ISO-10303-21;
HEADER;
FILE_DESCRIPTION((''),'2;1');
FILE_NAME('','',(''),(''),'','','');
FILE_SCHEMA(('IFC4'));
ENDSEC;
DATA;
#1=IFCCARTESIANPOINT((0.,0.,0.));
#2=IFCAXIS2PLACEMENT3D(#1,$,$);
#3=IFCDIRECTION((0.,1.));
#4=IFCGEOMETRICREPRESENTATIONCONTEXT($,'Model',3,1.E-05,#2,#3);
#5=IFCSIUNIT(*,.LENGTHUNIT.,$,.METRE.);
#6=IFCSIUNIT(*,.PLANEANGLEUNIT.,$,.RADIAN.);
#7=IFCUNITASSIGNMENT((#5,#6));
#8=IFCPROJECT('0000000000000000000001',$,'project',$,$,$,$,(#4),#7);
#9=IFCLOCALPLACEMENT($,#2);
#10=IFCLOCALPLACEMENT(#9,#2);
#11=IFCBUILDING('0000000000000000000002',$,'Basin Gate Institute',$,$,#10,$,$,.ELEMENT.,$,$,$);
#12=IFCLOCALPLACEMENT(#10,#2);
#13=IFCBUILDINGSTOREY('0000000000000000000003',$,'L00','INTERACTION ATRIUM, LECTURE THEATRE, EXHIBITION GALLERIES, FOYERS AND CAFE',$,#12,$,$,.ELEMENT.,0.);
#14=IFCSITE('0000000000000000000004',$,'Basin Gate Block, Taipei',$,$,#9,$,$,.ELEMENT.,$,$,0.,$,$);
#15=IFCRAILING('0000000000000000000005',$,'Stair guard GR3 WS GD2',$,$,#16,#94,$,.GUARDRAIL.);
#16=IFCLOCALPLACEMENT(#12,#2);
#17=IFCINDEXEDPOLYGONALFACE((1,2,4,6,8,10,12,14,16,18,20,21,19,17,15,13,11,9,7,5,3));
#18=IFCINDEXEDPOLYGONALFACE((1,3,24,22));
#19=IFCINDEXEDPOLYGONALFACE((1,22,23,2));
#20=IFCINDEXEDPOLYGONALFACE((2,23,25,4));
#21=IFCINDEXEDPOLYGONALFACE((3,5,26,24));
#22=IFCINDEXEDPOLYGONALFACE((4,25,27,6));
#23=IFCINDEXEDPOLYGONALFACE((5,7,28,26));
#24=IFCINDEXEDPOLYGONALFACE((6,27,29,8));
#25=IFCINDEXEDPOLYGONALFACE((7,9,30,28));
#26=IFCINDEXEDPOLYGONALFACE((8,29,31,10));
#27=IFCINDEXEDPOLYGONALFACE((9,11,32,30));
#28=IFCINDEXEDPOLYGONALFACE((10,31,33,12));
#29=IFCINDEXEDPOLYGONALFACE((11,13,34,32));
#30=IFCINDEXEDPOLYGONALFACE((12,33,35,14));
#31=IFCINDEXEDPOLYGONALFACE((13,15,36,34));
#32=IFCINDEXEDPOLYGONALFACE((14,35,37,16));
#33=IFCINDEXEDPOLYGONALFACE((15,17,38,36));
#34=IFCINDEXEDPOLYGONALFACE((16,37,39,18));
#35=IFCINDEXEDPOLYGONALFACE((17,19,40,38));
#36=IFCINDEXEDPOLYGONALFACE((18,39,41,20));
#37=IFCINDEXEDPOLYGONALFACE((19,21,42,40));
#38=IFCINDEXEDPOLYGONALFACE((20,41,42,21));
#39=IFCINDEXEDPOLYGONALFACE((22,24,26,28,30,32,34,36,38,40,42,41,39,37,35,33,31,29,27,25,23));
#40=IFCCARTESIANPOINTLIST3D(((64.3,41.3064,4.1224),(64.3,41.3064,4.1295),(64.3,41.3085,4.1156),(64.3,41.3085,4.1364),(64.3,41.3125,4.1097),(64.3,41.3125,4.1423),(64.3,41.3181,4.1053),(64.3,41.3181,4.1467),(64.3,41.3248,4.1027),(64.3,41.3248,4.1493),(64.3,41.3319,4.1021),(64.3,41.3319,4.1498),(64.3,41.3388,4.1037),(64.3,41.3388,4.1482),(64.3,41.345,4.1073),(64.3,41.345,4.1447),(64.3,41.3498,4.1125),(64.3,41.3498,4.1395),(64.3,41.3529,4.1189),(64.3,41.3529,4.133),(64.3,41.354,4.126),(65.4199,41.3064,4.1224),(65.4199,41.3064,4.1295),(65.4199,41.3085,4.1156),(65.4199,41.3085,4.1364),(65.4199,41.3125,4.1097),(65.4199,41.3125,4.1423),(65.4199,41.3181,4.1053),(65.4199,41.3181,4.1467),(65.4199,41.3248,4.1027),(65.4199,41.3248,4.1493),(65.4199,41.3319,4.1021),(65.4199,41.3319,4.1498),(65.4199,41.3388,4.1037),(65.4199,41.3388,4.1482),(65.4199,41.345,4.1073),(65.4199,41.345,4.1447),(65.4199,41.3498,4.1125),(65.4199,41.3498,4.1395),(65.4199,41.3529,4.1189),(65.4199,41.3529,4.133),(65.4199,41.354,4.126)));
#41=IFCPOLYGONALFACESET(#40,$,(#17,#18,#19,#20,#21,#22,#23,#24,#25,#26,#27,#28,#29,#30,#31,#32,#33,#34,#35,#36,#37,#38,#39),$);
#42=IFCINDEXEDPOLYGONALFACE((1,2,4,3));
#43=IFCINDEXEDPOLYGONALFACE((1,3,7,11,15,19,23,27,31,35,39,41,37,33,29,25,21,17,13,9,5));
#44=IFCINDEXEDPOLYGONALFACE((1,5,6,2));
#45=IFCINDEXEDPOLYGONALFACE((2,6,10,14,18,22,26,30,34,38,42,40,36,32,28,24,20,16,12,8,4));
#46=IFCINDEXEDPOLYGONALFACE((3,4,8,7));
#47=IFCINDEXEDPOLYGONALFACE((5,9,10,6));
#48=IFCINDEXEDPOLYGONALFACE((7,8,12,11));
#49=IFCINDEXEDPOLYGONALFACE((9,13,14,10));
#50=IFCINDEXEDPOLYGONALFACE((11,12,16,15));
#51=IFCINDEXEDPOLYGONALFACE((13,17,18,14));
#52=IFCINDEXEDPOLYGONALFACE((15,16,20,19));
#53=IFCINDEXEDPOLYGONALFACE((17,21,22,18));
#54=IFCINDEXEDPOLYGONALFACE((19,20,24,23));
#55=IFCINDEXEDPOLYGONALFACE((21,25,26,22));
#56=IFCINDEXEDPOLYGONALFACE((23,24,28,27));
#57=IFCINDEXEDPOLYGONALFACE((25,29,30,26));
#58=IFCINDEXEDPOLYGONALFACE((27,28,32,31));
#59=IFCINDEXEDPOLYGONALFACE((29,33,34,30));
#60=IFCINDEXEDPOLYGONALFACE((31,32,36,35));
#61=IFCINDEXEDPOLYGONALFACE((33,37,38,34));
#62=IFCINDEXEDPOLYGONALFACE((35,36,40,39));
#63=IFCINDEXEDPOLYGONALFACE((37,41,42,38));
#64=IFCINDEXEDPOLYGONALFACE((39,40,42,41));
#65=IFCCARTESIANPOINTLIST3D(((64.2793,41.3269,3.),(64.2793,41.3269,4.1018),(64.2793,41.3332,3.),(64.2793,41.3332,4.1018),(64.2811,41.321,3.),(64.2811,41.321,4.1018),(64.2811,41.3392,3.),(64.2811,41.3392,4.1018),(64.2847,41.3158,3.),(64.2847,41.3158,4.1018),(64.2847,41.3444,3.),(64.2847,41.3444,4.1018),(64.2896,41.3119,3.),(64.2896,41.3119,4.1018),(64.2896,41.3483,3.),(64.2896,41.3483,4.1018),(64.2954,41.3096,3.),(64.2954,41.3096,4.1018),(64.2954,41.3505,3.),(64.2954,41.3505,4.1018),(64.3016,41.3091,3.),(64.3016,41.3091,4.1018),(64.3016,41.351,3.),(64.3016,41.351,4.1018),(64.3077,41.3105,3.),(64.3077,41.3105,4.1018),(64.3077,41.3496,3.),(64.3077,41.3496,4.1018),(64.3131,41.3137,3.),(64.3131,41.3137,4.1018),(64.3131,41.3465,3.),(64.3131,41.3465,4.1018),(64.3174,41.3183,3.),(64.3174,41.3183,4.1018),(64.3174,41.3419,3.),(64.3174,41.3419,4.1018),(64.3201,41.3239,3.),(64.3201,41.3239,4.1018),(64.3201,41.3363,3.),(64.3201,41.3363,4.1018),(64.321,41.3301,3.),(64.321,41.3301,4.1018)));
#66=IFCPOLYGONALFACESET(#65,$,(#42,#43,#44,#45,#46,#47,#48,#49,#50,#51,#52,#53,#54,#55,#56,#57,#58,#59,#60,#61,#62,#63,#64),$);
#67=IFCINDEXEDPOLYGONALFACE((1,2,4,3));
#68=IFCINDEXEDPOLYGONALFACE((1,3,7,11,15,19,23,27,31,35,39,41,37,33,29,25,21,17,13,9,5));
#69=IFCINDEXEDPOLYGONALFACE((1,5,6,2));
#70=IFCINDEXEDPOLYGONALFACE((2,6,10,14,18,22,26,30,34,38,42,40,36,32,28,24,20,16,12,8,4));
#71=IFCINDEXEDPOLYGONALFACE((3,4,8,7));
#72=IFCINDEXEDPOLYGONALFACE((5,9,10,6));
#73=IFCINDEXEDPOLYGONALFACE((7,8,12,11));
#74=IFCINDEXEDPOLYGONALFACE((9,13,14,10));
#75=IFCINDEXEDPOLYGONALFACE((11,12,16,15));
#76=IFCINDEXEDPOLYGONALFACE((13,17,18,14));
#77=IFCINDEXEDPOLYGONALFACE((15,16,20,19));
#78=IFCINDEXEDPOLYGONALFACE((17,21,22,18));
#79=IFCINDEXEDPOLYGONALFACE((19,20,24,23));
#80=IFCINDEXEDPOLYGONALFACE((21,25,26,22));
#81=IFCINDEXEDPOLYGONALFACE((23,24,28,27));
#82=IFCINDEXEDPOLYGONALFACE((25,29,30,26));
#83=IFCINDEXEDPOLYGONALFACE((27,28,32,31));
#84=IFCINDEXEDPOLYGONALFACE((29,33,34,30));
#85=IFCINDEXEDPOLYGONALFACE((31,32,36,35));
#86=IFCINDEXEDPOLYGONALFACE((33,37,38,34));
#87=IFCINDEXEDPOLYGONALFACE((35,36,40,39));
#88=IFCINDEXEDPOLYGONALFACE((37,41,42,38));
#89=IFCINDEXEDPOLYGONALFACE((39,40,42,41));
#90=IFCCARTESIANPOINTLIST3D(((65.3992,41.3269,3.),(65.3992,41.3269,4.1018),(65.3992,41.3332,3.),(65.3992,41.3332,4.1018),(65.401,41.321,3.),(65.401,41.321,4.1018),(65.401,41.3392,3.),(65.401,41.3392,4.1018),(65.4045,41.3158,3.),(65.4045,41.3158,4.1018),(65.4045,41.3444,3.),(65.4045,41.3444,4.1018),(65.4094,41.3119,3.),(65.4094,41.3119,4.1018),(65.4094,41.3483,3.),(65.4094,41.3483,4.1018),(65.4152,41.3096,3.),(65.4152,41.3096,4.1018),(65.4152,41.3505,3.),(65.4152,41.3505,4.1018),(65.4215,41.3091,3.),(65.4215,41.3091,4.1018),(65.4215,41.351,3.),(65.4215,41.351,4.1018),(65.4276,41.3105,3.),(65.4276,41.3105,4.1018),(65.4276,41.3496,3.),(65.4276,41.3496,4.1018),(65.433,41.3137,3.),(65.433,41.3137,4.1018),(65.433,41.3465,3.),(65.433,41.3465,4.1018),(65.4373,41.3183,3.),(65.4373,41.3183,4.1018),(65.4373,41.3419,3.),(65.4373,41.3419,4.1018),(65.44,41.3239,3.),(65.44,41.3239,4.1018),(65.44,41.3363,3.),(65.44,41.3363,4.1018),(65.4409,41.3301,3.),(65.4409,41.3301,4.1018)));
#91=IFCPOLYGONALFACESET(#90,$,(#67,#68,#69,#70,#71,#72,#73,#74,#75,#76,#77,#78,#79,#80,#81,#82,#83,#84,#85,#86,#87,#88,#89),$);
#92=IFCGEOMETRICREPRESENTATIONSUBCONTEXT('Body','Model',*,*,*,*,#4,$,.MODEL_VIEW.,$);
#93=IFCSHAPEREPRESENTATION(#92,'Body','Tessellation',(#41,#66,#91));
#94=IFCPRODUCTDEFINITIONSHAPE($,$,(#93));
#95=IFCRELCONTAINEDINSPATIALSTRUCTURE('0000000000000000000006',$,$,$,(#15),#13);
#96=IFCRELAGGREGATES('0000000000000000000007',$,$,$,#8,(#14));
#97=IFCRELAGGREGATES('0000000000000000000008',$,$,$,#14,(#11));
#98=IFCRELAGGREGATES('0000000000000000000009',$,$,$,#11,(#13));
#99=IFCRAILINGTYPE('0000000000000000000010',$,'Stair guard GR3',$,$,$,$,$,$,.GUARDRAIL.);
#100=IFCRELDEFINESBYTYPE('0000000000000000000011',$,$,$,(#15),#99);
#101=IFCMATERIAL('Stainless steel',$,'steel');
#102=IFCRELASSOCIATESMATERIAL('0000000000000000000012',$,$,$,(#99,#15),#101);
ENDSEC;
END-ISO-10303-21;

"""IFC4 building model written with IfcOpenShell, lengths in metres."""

from ifc_helpers import new_model, si_unit, direction, frame, origin, origin_2d, place, context, subcontext, project, spatial, circle, extrude, material, type_object, element, save


model = new_model("IFC4")

# Units and contexts
model_context = context("Model", 3, precision=1e-05, world=origin(), true_north=direction((0.0, 1.0)))
body_context = subcontext(model_context, "Body", "Model", "MODEL_VIEW")
ifc_project = project(units=[si_unit("LENGTHUNIT", "METRE"), si_unit("PLANEANGLEUNIT", "RADIAN")], contexts=[model_context])

# Site, building, storey
site_placement = place(None, origin())
site = spatial("IfcSite", under=ifc_project, at=site_placement, Name="Basin Gate Block, Taipei", CompositionType="ELEMENT", RefElevation=0.0)
building_placement = place(site_placement, origin())
building = spatial("IfcBuilding", under=site, at=building_placement, Name="Basin Gate Institute", CompositionType="ELEMENT")
storey_placement = place(building_placement, origin())
storey = spatial("IfcBuildingStorey", under=building, at=storey_placement, Name="L00", Description="INTERACTION ATRIUM, LECTURE THEATRE, EXHIBITION GALLERIES, FOYERS AND CAFE", CompositionType="ELEMENT", Elevation=0.0)

# Railing
ifc_material_1 = material(Name="Stainless steel", Category="steel")
railing_type_1 = type_object("IfcRailingType", Name="Stair guard GR3", PredefinedType="GUARDRAIL", material=ifc_material_1)
railing_1_placement = place(storey_placement, frame((64.3, 41.3301, 3.0)))
element("IfcRailing", 1, at=railing_1_placement, inside=storey, type_object=railing_type_1, material=ifc_material_1, Name="Stair guard GR3 WS GD2", PredefinedType="GUARDRAIL", context=body_context, shape_type="SweptSolid", body=[
    extrude(circle(Radius=0.0239, at=origin_2d()), frame((0.0, 0.0, 1.126), z_axis=(1.0, 0.0, 0.0), x_axis=(0.0, 1.0, 0.0)), (0.0, 0.0, 1.0), 1.1199),
    extrude(circle(Radius=0.021, at=origin_2d()), origin(), (0.0, 0.0, 1.0), 1.1018),
    extrude(circle(Radius=0.021, at=origin_2d()), frame((1.1199, 0.0, 0.0)), (0.0, 0.0, 1.0), 1.1018),
])

save(model, "model.ifc")
